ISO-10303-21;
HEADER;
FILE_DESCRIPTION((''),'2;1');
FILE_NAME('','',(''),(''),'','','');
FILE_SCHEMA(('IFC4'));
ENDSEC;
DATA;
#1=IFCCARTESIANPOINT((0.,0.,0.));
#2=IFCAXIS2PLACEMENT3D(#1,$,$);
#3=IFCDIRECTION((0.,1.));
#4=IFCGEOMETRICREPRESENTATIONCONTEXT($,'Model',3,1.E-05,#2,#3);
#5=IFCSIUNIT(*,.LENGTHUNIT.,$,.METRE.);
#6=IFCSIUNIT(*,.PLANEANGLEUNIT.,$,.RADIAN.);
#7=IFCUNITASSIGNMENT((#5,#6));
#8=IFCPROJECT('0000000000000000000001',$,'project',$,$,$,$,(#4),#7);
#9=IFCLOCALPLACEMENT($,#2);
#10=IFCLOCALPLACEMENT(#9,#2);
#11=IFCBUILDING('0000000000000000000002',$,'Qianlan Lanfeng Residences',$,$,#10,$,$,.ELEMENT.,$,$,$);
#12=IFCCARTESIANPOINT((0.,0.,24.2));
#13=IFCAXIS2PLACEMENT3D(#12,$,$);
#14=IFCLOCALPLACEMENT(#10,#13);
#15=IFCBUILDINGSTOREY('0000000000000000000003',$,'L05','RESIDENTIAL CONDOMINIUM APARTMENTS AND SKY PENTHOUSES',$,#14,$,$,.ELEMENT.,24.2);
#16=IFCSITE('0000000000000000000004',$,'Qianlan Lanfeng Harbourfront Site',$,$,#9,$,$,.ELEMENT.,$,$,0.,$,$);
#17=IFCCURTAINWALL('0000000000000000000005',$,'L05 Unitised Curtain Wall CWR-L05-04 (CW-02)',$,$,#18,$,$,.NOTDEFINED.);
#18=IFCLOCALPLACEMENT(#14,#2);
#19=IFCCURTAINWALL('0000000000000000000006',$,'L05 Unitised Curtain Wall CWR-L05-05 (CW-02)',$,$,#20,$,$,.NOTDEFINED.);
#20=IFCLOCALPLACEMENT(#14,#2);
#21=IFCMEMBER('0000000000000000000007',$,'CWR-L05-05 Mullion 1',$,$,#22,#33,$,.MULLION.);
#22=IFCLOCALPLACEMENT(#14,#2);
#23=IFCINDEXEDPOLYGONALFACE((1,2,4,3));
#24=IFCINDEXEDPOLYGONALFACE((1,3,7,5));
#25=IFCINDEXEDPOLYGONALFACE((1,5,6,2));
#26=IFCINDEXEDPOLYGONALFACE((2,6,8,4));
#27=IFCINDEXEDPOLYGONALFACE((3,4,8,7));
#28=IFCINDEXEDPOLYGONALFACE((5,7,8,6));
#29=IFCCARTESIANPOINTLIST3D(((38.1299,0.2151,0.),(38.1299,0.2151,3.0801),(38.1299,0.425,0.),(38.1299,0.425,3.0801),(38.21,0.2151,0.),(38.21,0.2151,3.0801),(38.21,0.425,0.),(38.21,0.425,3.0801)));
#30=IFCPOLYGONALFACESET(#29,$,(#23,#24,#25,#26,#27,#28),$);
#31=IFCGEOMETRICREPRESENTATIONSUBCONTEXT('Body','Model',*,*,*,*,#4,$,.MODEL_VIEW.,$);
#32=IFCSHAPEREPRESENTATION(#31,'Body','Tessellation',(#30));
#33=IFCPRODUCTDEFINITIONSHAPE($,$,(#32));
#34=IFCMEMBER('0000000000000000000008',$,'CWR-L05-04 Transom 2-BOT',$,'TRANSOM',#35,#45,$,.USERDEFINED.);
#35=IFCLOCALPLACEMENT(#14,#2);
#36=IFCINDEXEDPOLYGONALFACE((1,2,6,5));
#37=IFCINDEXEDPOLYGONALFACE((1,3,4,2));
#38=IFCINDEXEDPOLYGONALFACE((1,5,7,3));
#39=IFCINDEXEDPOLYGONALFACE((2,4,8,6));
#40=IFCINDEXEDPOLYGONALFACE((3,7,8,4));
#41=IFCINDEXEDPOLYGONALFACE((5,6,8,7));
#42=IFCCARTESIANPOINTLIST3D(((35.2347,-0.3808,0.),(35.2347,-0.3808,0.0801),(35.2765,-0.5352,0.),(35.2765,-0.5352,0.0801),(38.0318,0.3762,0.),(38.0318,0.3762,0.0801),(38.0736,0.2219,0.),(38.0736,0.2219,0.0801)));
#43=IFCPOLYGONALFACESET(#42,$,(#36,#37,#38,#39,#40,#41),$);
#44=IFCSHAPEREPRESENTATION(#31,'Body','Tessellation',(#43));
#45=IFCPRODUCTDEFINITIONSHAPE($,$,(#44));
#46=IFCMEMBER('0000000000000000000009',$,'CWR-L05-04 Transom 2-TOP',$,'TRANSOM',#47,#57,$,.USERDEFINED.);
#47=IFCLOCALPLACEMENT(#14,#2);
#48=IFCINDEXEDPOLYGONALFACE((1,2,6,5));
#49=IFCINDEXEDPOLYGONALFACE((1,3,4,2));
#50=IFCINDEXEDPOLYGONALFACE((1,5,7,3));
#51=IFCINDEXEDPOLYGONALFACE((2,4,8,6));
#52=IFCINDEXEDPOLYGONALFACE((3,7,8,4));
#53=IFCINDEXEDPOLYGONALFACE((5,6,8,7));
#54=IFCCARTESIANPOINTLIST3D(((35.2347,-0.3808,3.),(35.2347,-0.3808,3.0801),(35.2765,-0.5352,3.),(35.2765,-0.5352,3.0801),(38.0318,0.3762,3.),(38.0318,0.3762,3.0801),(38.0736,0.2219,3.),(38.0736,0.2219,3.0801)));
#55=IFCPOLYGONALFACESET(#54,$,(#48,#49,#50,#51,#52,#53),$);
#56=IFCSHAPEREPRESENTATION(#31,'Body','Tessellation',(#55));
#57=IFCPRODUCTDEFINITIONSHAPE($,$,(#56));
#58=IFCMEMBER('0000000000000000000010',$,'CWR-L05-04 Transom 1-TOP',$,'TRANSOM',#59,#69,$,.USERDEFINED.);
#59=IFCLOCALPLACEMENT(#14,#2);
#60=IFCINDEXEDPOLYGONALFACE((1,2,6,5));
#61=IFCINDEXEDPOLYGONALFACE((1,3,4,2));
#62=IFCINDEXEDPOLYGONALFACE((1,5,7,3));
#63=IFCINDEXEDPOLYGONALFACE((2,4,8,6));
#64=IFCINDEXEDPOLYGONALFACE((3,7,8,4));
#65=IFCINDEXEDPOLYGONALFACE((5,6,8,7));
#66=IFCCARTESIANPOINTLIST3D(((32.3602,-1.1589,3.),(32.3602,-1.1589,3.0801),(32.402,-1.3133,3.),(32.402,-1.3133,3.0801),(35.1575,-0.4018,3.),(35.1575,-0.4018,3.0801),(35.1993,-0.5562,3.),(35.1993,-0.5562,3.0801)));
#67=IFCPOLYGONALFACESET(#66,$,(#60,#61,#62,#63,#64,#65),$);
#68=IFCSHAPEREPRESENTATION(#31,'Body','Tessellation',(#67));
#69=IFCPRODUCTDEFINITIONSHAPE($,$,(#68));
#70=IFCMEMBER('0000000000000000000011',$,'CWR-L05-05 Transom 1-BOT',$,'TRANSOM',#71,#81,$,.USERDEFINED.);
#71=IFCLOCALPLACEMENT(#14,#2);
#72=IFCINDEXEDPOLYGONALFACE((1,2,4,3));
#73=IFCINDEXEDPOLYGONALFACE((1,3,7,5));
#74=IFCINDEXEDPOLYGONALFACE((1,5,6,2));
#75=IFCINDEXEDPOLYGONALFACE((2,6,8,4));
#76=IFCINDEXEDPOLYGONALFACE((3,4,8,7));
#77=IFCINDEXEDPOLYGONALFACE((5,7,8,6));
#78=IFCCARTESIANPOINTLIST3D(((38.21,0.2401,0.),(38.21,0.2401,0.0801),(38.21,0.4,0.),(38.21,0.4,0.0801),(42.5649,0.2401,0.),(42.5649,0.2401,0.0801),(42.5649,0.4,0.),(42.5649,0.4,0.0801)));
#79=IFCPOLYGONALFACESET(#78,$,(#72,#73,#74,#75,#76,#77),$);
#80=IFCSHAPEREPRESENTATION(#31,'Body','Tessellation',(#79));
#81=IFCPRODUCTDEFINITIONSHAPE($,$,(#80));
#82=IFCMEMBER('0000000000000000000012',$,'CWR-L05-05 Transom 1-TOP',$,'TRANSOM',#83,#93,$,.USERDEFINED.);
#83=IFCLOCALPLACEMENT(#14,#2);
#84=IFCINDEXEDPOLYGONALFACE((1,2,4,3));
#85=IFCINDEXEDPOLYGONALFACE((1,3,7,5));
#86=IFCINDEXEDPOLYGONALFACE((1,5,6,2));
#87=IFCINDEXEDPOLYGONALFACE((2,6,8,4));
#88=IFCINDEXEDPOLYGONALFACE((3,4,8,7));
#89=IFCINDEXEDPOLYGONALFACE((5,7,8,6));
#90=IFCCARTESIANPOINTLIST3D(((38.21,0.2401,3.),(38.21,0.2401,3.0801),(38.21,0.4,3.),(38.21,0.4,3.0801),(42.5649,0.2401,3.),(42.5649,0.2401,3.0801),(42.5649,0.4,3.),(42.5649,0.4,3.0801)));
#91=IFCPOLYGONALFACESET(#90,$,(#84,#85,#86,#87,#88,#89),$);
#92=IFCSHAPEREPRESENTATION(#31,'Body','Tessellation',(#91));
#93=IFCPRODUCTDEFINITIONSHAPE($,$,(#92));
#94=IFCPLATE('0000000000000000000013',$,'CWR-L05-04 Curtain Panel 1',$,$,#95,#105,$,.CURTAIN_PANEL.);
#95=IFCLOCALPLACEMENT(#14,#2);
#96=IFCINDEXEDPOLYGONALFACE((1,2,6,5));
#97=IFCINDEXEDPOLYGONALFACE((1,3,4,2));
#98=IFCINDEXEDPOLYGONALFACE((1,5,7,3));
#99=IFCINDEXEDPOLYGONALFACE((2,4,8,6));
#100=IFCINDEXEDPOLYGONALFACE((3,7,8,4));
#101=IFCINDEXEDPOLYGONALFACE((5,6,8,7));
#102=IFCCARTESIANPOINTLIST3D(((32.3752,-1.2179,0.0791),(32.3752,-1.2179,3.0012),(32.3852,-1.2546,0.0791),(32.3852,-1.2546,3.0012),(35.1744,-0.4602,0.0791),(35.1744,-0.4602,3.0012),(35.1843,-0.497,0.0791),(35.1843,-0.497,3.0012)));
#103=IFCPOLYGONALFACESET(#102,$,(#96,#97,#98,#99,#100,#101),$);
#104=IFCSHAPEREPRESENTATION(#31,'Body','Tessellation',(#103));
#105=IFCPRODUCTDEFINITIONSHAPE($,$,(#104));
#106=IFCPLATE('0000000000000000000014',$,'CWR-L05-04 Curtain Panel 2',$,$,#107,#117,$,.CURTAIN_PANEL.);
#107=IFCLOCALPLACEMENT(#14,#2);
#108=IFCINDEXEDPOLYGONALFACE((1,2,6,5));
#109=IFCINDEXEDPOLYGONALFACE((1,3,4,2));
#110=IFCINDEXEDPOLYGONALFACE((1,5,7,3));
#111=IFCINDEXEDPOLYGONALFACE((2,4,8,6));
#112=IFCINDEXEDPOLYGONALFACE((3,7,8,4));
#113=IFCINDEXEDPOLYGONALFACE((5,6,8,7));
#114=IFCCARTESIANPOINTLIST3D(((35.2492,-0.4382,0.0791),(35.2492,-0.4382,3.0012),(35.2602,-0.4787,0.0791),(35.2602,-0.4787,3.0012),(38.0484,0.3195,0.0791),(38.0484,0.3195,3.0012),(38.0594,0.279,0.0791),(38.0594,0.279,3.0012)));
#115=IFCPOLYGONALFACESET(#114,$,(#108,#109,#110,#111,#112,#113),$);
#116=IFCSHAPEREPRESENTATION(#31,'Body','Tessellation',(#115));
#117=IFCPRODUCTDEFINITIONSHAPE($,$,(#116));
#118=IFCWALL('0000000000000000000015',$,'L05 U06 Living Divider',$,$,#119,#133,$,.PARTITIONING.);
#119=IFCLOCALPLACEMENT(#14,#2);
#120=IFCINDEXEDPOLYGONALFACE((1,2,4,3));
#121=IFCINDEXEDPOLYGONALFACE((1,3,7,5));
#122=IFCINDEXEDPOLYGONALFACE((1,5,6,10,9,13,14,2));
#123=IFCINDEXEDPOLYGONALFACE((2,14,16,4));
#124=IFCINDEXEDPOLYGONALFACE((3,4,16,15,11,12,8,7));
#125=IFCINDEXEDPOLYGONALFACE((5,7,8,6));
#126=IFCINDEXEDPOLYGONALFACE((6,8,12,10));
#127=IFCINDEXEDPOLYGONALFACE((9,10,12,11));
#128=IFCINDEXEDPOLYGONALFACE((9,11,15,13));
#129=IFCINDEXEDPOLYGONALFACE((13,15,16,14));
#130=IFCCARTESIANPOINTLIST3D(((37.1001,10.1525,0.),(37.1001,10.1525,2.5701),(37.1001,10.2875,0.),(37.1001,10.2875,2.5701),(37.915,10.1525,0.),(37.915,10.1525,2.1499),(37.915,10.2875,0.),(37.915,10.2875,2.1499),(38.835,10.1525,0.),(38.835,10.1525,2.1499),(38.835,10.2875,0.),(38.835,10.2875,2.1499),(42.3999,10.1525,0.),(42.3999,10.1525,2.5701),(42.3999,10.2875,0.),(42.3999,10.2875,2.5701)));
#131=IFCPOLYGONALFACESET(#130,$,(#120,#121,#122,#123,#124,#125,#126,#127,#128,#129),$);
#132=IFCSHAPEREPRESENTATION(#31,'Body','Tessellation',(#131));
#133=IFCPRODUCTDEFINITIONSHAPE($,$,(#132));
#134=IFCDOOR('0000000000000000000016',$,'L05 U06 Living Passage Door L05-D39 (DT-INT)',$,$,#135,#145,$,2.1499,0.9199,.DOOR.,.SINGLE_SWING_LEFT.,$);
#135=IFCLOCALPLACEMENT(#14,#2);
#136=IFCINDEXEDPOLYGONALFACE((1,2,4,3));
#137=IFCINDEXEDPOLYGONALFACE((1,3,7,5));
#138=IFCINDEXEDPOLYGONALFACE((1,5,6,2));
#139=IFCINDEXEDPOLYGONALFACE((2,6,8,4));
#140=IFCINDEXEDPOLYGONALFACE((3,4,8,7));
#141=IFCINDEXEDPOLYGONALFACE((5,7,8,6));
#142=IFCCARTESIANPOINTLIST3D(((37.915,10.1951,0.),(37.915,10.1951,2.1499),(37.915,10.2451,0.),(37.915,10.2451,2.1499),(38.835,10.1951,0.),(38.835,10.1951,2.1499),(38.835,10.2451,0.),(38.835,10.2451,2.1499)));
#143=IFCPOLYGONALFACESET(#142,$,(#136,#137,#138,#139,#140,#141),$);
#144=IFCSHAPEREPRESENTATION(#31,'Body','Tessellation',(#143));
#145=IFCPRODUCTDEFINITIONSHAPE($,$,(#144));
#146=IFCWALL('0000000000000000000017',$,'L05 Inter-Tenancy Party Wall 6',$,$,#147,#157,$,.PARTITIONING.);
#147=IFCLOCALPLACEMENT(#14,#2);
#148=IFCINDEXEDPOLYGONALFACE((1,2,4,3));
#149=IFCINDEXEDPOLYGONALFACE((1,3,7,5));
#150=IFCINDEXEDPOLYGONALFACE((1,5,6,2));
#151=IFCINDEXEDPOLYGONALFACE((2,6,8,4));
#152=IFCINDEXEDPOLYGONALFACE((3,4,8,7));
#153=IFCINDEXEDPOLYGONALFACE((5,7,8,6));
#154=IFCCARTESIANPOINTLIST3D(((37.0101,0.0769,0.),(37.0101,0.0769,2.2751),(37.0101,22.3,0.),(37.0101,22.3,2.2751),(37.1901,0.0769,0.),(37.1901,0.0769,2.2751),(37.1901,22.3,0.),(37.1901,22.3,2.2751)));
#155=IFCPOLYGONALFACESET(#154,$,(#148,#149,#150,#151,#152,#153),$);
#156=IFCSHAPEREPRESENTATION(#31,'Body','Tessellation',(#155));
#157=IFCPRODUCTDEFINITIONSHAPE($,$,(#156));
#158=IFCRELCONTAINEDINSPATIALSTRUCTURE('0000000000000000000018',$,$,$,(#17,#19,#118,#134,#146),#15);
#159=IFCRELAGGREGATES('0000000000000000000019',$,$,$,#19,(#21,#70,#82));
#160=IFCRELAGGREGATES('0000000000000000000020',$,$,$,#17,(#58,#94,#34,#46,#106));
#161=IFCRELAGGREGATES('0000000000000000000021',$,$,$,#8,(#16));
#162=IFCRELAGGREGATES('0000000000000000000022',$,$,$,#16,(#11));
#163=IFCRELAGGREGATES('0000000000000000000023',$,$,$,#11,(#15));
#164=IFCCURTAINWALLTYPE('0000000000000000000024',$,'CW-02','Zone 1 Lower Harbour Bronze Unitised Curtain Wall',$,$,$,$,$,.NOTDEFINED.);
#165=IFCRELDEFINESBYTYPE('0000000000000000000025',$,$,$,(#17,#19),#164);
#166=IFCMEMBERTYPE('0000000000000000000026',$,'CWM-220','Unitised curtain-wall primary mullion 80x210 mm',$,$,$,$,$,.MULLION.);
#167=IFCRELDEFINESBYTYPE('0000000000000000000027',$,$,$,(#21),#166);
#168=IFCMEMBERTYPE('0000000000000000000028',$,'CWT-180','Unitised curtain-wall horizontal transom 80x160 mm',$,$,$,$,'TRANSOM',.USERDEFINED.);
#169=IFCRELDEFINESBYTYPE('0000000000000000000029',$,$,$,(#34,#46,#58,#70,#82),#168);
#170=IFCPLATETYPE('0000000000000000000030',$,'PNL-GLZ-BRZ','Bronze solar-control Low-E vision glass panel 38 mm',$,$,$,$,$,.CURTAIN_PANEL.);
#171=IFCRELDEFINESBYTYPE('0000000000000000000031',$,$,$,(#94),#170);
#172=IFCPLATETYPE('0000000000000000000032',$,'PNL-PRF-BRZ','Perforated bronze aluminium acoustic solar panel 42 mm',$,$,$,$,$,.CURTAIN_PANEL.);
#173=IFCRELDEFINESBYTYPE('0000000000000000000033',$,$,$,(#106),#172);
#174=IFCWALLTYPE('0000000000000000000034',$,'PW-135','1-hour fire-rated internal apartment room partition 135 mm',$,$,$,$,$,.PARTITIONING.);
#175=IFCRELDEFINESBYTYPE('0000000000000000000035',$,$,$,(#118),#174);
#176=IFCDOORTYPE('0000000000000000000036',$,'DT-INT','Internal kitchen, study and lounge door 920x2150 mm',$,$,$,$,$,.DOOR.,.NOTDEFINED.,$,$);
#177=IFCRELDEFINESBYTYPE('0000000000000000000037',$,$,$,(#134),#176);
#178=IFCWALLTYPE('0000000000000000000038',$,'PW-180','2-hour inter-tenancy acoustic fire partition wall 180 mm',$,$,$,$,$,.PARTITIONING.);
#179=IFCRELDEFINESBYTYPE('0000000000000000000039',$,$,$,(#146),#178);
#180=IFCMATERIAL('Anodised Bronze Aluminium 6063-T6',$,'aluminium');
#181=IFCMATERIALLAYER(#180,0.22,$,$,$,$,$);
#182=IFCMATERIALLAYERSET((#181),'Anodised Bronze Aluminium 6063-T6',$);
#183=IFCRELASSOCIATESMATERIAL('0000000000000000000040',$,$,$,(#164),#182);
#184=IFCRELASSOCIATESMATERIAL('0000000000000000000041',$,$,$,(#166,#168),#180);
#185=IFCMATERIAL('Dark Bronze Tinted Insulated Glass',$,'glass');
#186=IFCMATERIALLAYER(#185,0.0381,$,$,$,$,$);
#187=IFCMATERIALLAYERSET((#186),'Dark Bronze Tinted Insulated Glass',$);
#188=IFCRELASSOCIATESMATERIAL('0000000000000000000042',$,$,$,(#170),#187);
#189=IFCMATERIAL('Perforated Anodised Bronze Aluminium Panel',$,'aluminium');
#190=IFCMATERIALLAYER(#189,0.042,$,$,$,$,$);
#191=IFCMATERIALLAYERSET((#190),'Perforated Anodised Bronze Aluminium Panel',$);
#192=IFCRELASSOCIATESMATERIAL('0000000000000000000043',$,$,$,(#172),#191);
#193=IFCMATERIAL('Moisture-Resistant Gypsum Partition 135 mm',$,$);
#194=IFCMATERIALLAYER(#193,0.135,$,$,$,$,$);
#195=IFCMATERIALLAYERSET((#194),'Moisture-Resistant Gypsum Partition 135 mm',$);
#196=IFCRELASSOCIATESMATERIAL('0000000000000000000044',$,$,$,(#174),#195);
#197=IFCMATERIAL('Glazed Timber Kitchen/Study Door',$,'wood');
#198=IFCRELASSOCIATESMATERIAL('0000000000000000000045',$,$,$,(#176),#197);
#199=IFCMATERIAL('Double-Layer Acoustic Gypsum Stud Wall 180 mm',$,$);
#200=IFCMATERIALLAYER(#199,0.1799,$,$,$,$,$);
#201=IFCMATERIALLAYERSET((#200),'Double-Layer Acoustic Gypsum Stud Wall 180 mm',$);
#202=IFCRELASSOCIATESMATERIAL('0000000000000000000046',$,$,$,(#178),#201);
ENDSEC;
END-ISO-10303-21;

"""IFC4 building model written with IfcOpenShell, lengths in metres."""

from ifc_helpers import new_model, si_unit, direction, frame, frame_2d, origin, origin_2d, place, context, subcontext, project, spatial, rectangle, extrude, source, transform, mapped, material, layer, layer_set, material_profile, profile_set, type_object, element, fill, aggregate, save


model = new_model("IFC4")

# Units and contexts
model_context = context("Model", 3, precision=1e-05, world=origin(), true_north=direction((0.0, 1.0)))
body_context = subcontext(model_context, "Body", "Model", "MODEL_VIEW")
ifc_project = project(units=[si_unit("LENGTHUNIT", "METRE"), si_unit("PLANEANGLEUNIT", "RADIAN")], contexts=[model_context])

# Site, building, storey
site_placement = place(None, origin())
site = spatial("IfcSite", under=ifc_project, at=site_placement, Name="Qianlan Lanfeng Harbourfront Site", CompositionType="ELEMENT", RefElevation=0.0)
building_placement = place(site_placement, origin())
building = spatial("IfcBuilding", under=site, at=building_placement, Name="Qianlan Lanfeng Residences", CompositionType="ELEMENT")
storey_placement = place(building_placement, frame((0.0, 0.0, 24.2)))
storey = spatial("IfcBuildingStorey", under=building, at=storey_placement, Name="L05", Description="RESIDENTIAL CONDOMINIUM APARTMENTS AND SKY PENTHOUSES", CompositionType="ELEMENT", Elevation=24.2)

# Curtain wall
ifc_material_1 = material(Name="Anodised Bronze Aluminium 6063-T6", Category="aluminium")
ifc_layer_1 = layer(ifc_material_1, 0.22)
ifc_layer_set_1 = layer_set([ifc_layer_1], Name="Anodised Bronze Aluminium 6063-T6")
curtain_wall_type = type_object("IfcCurtainWallType", Name="CW-02", Description="Zone 1 Lower Harbour Bronze Unitised Curtain Wall", PredefinedType="NOTDEFINED", material=ifc_layer_set_1)
curtain_wall_1_placement = place(storey_placement, origin())
curtain_wall_1 = element("IfcCurtainWall", 1, at=curtain_wall_1_placement, inside=storey, type_object=curtain_wall_type, Name="L05 Unitised Curtain Wall CWR-L05-04 (CW-02)", PredefinedType="NOTDEFINED")
ifc_material_profile_1 = material_profile(ifc_material_1, rectangle(XDim=0.0801, YDim=0.21, at=origin_2d()), Name="ALU MULLION 80x210")
ifc_profile_set_1 = profile_set([ifc_material_profile_1], Name="Anodised Bronze Aluminium 6063-T6")
member_type_1 = type_object("IfcMemberType", Name="CWM-220", Description="Unitised curtain-wall primary mullion 80x210 mm", PredefinedType="MULLION", material=ifc_profile_set_1)
shared_shape_1 = source(origin(), body_context, "Body", "SweptSolid", [
    extrude(rectangle(XDim=0.0801, YDim=0.21, at=origin_2d()), origin(), (0.0, 0.0, 1.0), 3.0801),
])

# Curtain wall, member
curtain_wall_2_placement = place(storey_placement, origin())
curtain_wall_2 = element("IfcCurtainWall", 2, at=curtain_wall_2_placement, inside=storey, type_object=curtain_wall_type, Name="L05 Unitised Curtain Wall CWR-L05-05 (CW-02)", PredefinedType="NOTDEFINED")
member_1_placement = place(storey_placement, frame((38.1699, 0.3201, 0.0), z_axis=(0.0, 0.0, 1.0), x_axis=(1.0, 0.0, 0.0)))
member_1 = element("IfcMember", 3, at=member_1_placement, type_object=member_type_1, Name="CWR-L05-05 Mullion 1", PredefinedType="MULLION", context=body_context, shape_type="MappedRepresentation", body=[
    mapped(shared_shape_1, transform((0.0, 0.0, 0.0), scale=1.0)),
])

# Members
ifc_material_profile_2 = material_profile(ifc_material_1, rectangle(XDim=0.0801, YDim=0.1599, at=origin_2d()), Name="ALU TRANSOM 80x160")
ifc_profile_set_2 = profile_set([ifc_material_profile_2], Name="Anodised Bronze Aluminium 6063-T6")
member_type_2 = type_object("IfcMemberType", Name="CWT-180", Description="Unitised curtain-wall horizontal transom 80x160 mm", ElementType="TRANSOM", PredefinedType="USERDEFINED", material=ifc_profile_set_2)
shared_shape_2 = source(origin(), body_context, "Body", "SweptSolid", [
    extrude(rectangle(XDim=0.0801, YDim=0.1599, at=origin_2d()), origin(), (0.0, 0.0, 1.0), 2.8977),
])
member_2_placement = place(storey_placement, frame((35.2556, -0.458, 0.04), z_axis=(0.965268, 0.261263, 0.0), x_axis=(0.0, 0.0, 1.0)))
member_2 = element("IfcMember", 4, at=member_2_placement, type_object=member_type_2, Name="CWR-L05-04 Transom 2-BOT", ObjectType="TRANSOM", PredefinedType="USERDEFINED", context=body_context, shape_type="MappedRepresentation", body=[
    mapped(shared_shape_2, transform((0.0, 0.0, 0.0), scale=1.0)),
])
member_3_placement = place(storey_placement, frame((35.2556, -0.458, 3.04), z_axis=(0.965268, 0.261263, 0.0), x_axis=(0.0, 0.0, 1.0)))
member_3 = element("IfcMember", 5, at=member_3_placement, type_object=member_type_2, Name="CWR-L05-04 Transom 2-TOP", ObjectType="TRANSOM", PredefinedType="USERDEFINED", context=body_context, shape_type="MappedRepresentation", body=[
    mapped(shared_shape_2, transform((0.0, 0.0, 0.0), scale=1.0)),
])
shared_shape_3 = source(origin(), body_context, "Body", "SweptSolid", [
    extrude(rectangle(XDim=0.0801, YDim=0.1599, at=origin_2d()), origin(), (0.0, 0.0, 1.0), 2.8979),
])
member_4_placement = place(storey_placement, frame((32.3811, -1.2361, 3.04), z_axis=(0.965273, 0.261242, 0.0), x_axis=(0.0, 0.0, 1.0)))
member_4 = element("IfcMember", 6, at=member_4_placement, type_object=member_type_2, Name="CWR-L05-04 Transom 1-TOP", ObjectType="TRANSOM", PredefinedType="USERDEFINED", context=body_context, shape_type="MappedRepresentation", body=[
    mapped(shared_shape_3, transform((0.0, 0.0, 0.0), scale=1.0)),
])
shared_shape_4 = source(origin(), body_context, "Body", "SweptSolid", [
    extrude(rectangle(XDim=0.0801, YDim=0.1599, at=origin_2d()), origin(), (0.0, 0.0, 1.0), 4.355),
])
member_5_placement = place(storey_placement, frame((38.21, 0.3201, 0.04), z_axis=(1.0, 0.0, 0.0), x_axis=(0.0, 0.0, 1.0)))
member_5 = element("IfcMember", 7, at=member_5_placement, type_object=member_type_2, Name="CWR-L05-05 Transom 1-BOT", ObjectType="TRANSOM", PredefinedType="USERDEFINED", context=body_context, shape_type="MappedRepresentation", body=[
    mapped(shared_shape_4, transform((0.0, 0.0, 0.0), scale=1.0)),
])
member_6_placement = place(storey_placement, frame((38.21, 0.3201, 3.04), z_axis=(1.0, 0.0, 0.0), x_axis=(0.0, 0.0, 1.0)))
member_6 = element("IfcMember", 8, at=member_6_placement, type_object=member_type_2, Name="CWR-L05-05 Transom 1-TOP", ObjectType="TRANSOM", PredefinedType="USERDEFINED", context=body_context, shape_type="MappedRepresentation", body=[
    mapped(shared_shape_4, transform((0.0, 0.0, 0.0), scale=1.0)),
])
aggregate(curtain_wall_2, [member_1, member_5, member_6])

# Plates
ifc_material_2 = material(Name="Dark Bronze Tinted Insulated Glass", Category="glass")
ifc_layer_2 = layer(ifc_material_2, 0.0381)
ifc_layer_set_2 = layer_set([ifc_layer_2], Name="Dark Bronze Tinted Insulated Glass")
plate_type_1 = type_object("IfcPlateType", Name="PNL-GLZ-BRZ", Description="Bronze solar-control Low-E vision glass panel 38 mm", PredefinedType="CURTAIN_PANEL", material=ifc_layer_set_2)
shared_shape_5 = source(origin(), body_context, "Body", "SweptSolid", [
    extrude(rectangle(XDim=2.8999, YDim=0.0381, at=origin_2d()), origin(), (0.0, 0.0, 1.0), 2.9221),
])
plate_1_placement = place(storey_placement, frame((33.7798, -0.8574, 0.0791), z_axis=(0.0, 0.0, 1.0), x_axis=(0.965263, 0.261281, 0.0)))
plate_1 = element("IfcPlate", 9, at=plate_1_placement, type_object=plate_type_1, Name="CWR-L05-04 Curtain Panel 1", PredefinedType="CURTAIN_PANEL", context=body_context, shape_type="MappedRepresentation", body=[
    mapped(shared_shape_5, transform((0.0, 0.0, 0.0), scale=1.0)),
])
ifc_material_3 = material(Name="Perforated Anodised Bronze Aluminium Panel", Category="aluminium")
ifc_layer_3 = layer(ifc_material_3, 0.042)
ifc_layer_set_3 = layer_set([ifc_layer_3], Name="Perforated Anodised Bronze Aluminium Panel")
plate_type_2 = type_object("IfcPlateType", Name="PNL-PRF-BRZ", Description="Perforated bronze aluminium acoustic solar panel 42 mm", PredefinedType="CURTAIN_PANEL", material=ifc_layer_set_3)
shared_shape_6 = source(origin(), body_context, "Body", "SweptSolid", [
    extrude(rectangle(XDim=2.8999, YDim=0.042, at=origin_2d()), origin(), (0.0, 0.0, 1.0), 2.9221),
])
plate_2_placement = place(storey_placement, frame((36.6543, -0.0796, 0.0791), z_axis=(0.0, 0.0, 1.0), x_axis=(0.965263, 0.261281, 0.0)))
plate_2 = element("IfcPlate", 10, at=plate_2_placement, type_object=plate_type_2, Name="CWR-L05-04 Curtain Panel 2", PredefinedType="CURTAIN_PANEL", context=body_context, shape_type="MappedRepresentation", body=[
    mapped(shared_shape_6, transform((0.0, 0.0, 0.0), scale=1.0)),
])
aggregate(curtain_wall_1, [member_4, plate_1, member_2, member_3, plate_2])

# Shared definitions
ifc_material_4 = material(Name="Moisture-Resistant Gypsum Partition 135 mm")
ifc_layer_4 = layer(ifc_material_4, 0.135)
ifc_layer_set_4 = layer_set([ifc_layer_4], Name="Moisture-Resistant Gypsum Partition 135 mm")
wall_type_1 = type_object("IfcWallType", Name="PW-135", Description="1-hour fire-rated internal apartment room partition 135 mm", PredefinedType="PARTITIONING", material=ifc_layer_set_4)
ifc_material_5 = material(Name="Glazed Timber Kitchen/Study Door", Category="wood")
door_type_1 = type_object("IfcDoorType", Name="DT-INT", Description="Internal kitchen, study and lounge door 920x2150 mm", OperationType="NOTDEFINED", PredefinedType="DOOR", material=ifc_material_5)

# Wall, opening, door
wall_1_placement = place(storey_placement, frame((37.1001, 10.22, 0.0), z_axis=(0.0, 0.0, 1.0), x_axis=(1.0, 0.0, 0.0)))
wall_1 = element("IfcWall", 11, at=wall_1_placement, inside=storey, type_object=wall_type_1, Name="L05 U06 Living Divider", PredefinedType="PARTITIONING", context=body_context, shape_type="SweptSolid", body=[
    extrude(rectangle(XDim=5.2998, YDim=0.135, at=frame_2d((2.6499, 0.0))), origin(), (0.0, 0.0, 1.0), 2.5701),
])
opening_1_placement = place(wall_1_placement, frame((0.8149, 0.0, 0.0)))
opening_1 = element("IfcOpeningElement", 12, at=opening_1_placement, cuts=wall_1, PredefinedType="OPENING", context=body_context, shape_type="SweptSolid", body=[
    extrude(rectangle(XDim=0.9199, YDim=2.1499, at=frame_2d((0.46, 1.075))), frame((0.0, 0.0776, 0.0), z_axis=(0.0, -1.0, 0.0), x_axis=(1.0, 0.0, 0.0)), (0.0, 0.0, 1.0), 0.155),
])
door_1_placement = place(opening_1_placement, frame((0.9199, 0.0, 0.0), z_axis=(0.0, 0.0, 1.0), x_axis=(-1.0, 0.0, 0.0)))
door_1 = element("IfcDoor", 13, at=door_1_placement, inside=storey, type_object=door_type_1, Name="L05 U06 Living Passage Door L05-D39 (DT-INT)", OperationType="SINGLE_SWING_LEFT", OverallHeight=2.1499, OverallWidth=0.9199, PredefinedType="DOOR", context=body_context, shape_type="SweptSolid", body=[
    extrude(rectangle(XDim=0.9199, YDim=2.1499, at=frame_2d((0.46, 1.075))), frame((0.0, 0.0249, 0.0), z_axis=(0.0, -1.0, 0.0), x_axis=(1.0, 0.0, 0.0)), (0.0, 0.0, 1.0), 0.05),
])
fill(opening_1, door_1)

# Wall
ifc_material_6 = material(Name="Double-Layer Acoustic Gypsum Stud Wall 180 mm")
ifc_layer_5 = layer(ifc_material_6, 0.1799)
ifc_layer_set_5 = layer_set([ifc_layer_5], Name="Double-Layer Acoustic Gypsum Stud Wall 180 mm")
wall_type_2 = type_object("IfcWallType", Name="PW-180", Description="2-hour inter-tenancy acoustic fire partition wall 180 mm", PredefinedType="PARTITIONING", material=ifc_layer_set_5)
wall_2_placement = place(storey_placement, frame((37.1001, 0.0769, 0.0), z_axis=(0.0, 0.0, 1.0), x_axis=(0.0, 1.0, 0.0)))
element("IfcWall", 14, at=wall_2_placement, inside=storey, type_object=wall_type_2, Name="L05 Inter-Tenancy Party Wall 6", PredefinedType="PARTITIONING", context=body_context, shape_type="SweptSolid", body=[
    extrude(rectangle(XDim=22.2231, YDim=0.1799, at=frame_2d((11.1116, 0.0))), origin(), (0.0, 0.0, 1.0), 2.2751),
])

save(model, "model.ifc")
